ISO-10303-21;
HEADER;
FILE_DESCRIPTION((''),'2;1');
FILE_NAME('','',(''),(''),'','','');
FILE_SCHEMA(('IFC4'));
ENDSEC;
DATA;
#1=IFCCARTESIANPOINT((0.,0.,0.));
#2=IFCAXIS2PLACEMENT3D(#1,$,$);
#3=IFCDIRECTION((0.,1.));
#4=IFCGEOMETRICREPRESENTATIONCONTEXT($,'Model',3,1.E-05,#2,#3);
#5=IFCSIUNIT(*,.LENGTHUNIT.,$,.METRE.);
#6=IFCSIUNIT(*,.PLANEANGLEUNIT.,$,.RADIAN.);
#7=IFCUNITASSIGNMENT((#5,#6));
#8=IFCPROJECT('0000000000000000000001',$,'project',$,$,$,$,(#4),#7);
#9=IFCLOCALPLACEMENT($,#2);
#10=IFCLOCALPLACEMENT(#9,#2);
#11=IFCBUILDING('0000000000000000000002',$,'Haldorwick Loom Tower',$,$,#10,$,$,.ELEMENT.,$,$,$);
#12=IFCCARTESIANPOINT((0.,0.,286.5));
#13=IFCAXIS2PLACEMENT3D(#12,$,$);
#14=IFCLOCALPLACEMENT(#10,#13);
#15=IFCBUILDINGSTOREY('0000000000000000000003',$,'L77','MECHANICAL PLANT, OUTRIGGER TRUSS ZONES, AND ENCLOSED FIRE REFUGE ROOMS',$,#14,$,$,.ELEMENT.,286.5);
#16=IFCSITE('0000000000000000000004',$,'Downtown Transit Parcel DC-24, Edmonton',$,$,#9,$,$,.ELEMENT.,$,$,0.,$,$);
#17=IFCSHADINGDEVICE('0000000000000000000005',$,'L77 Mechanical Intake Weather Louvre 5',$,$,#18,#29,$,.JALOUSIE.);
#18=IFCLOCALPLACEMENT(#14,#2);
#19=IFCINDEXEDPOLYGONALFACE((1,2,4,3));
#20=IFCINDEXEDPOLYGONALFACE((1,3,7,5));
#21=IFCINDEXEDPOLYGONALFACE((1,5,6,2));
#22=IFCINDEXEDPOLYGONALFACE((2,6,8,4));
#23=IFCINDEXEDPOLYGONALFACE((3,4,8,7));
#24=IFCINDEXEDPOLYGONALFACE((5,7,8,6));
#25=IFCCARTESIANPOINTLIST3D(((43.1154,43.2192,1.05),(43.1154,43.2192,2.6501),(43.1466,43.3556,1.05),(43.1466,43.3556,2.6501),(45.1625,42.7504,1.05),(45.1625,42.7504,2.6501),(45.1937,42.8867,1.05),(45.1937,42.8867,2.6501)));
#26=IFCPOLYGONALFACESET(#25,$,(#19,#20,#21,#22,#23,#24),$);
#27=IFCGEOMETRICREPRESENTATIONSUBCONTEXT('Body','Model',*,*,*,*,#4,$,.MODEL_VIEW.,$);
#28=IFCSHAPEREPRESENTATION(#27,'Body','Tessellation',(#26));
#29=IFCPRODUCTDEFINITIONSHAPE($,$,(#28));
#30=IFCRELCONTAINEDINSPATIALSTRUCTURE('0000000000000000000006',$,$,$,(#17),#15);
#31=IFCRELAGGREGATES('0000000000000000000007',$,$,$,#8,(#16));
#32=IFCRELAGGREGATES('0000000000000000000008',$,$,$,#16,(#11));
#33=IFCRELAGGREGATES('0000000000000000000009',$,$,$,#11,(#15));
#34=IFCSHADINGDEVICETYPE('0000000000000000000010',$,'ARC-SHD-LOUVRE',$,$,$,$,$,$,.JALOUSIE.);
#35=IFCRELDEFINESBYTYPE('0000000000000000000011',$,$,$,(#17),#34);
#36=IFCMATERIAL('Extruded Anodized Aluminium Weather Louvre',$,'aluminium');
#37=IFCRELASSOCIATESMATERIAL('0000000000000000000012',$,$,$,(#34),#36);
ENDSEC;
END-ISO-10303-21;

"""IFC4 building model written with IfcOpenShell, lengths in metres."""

from ifc_helpers import new_model, si_unit, direction, frame, origin, origin_2d, place, context, subcontext, project, spatial, rectangle, extrude, material, type_object, element, save


model = new_model("IFC4")

# Units and contexts
model_context = context("Model", 3, precision=1e-05, world=origin(), true_north=direction((0.0, 1.0)))
body_context = subcontext(model_context, "Body", "Model", "MODEL_VIEW")
ifc_project = project(units=[si_unit("LENGTHUNIT", "METRE"), si_unit("PLANEANGLEUNIT", "RADIAN")], contexts=[model_context])

# Site, building, storey
site_placement = place(None, origin())
site = spatial("IfcSite", under=ifc_project, at=site_placement, Name="Downtown Transit Parcel DC-24, Edmonton", CompositionType="ELEMENT", RefElevation=0.0)
building_placement = place(site_placement, origin())
building = spatial("IfcBuilding", under=site, at=building_placement, Name="Haldorwick Loom Tower", CompositionType="ELEMENT")
storey_placement = place(building_placement, frame((0.0, 0.0, 286.5)))
storey = spatial("IfcBuildingStorey", under=building, at=storey_placement, Name="L77", Description="MECHANICAL PLANT, OUTRIGGER TRUSS ZONES, AND ENCLOSED FIRE REFUGE ROOMS", CompositionType="ELEMENT", Elevation=286.5)

# Shading device
ifc_material_1 = material(Name="Extruded Anodized Aluminium Weather Louvre", Category="aluminium")
shading_device_type = type_object("IfcShadingDeviceType", Name="ARC-SHD-LOUVRE", PredefinedType="JALOUSIE", material=ifc_material_1)
shading_device_placement = place(storey_placement, frame((44.1545, 43.053, 1.05), z_axis=(0.0, 0.0, 1.0), x_axis=(-0.974761, 0.22325, 0.0)))
element("IfcShadingDevice", 1, at=shading_device_placement, inside=storey, type_object=shading_device_type, Name="L77 Mechanical Intake Weather Louvre 5", PredefinedType="JALOUSIE", context=body_context, shape_type="SweptSolid", body=[
    extrude(rectangle(XDim=2.1001, YDim=0.1399, at=origin_2d()), origin(), (0.0, 0.0, 1.0), 1.6001),
])

save(model, "model.ifc")
